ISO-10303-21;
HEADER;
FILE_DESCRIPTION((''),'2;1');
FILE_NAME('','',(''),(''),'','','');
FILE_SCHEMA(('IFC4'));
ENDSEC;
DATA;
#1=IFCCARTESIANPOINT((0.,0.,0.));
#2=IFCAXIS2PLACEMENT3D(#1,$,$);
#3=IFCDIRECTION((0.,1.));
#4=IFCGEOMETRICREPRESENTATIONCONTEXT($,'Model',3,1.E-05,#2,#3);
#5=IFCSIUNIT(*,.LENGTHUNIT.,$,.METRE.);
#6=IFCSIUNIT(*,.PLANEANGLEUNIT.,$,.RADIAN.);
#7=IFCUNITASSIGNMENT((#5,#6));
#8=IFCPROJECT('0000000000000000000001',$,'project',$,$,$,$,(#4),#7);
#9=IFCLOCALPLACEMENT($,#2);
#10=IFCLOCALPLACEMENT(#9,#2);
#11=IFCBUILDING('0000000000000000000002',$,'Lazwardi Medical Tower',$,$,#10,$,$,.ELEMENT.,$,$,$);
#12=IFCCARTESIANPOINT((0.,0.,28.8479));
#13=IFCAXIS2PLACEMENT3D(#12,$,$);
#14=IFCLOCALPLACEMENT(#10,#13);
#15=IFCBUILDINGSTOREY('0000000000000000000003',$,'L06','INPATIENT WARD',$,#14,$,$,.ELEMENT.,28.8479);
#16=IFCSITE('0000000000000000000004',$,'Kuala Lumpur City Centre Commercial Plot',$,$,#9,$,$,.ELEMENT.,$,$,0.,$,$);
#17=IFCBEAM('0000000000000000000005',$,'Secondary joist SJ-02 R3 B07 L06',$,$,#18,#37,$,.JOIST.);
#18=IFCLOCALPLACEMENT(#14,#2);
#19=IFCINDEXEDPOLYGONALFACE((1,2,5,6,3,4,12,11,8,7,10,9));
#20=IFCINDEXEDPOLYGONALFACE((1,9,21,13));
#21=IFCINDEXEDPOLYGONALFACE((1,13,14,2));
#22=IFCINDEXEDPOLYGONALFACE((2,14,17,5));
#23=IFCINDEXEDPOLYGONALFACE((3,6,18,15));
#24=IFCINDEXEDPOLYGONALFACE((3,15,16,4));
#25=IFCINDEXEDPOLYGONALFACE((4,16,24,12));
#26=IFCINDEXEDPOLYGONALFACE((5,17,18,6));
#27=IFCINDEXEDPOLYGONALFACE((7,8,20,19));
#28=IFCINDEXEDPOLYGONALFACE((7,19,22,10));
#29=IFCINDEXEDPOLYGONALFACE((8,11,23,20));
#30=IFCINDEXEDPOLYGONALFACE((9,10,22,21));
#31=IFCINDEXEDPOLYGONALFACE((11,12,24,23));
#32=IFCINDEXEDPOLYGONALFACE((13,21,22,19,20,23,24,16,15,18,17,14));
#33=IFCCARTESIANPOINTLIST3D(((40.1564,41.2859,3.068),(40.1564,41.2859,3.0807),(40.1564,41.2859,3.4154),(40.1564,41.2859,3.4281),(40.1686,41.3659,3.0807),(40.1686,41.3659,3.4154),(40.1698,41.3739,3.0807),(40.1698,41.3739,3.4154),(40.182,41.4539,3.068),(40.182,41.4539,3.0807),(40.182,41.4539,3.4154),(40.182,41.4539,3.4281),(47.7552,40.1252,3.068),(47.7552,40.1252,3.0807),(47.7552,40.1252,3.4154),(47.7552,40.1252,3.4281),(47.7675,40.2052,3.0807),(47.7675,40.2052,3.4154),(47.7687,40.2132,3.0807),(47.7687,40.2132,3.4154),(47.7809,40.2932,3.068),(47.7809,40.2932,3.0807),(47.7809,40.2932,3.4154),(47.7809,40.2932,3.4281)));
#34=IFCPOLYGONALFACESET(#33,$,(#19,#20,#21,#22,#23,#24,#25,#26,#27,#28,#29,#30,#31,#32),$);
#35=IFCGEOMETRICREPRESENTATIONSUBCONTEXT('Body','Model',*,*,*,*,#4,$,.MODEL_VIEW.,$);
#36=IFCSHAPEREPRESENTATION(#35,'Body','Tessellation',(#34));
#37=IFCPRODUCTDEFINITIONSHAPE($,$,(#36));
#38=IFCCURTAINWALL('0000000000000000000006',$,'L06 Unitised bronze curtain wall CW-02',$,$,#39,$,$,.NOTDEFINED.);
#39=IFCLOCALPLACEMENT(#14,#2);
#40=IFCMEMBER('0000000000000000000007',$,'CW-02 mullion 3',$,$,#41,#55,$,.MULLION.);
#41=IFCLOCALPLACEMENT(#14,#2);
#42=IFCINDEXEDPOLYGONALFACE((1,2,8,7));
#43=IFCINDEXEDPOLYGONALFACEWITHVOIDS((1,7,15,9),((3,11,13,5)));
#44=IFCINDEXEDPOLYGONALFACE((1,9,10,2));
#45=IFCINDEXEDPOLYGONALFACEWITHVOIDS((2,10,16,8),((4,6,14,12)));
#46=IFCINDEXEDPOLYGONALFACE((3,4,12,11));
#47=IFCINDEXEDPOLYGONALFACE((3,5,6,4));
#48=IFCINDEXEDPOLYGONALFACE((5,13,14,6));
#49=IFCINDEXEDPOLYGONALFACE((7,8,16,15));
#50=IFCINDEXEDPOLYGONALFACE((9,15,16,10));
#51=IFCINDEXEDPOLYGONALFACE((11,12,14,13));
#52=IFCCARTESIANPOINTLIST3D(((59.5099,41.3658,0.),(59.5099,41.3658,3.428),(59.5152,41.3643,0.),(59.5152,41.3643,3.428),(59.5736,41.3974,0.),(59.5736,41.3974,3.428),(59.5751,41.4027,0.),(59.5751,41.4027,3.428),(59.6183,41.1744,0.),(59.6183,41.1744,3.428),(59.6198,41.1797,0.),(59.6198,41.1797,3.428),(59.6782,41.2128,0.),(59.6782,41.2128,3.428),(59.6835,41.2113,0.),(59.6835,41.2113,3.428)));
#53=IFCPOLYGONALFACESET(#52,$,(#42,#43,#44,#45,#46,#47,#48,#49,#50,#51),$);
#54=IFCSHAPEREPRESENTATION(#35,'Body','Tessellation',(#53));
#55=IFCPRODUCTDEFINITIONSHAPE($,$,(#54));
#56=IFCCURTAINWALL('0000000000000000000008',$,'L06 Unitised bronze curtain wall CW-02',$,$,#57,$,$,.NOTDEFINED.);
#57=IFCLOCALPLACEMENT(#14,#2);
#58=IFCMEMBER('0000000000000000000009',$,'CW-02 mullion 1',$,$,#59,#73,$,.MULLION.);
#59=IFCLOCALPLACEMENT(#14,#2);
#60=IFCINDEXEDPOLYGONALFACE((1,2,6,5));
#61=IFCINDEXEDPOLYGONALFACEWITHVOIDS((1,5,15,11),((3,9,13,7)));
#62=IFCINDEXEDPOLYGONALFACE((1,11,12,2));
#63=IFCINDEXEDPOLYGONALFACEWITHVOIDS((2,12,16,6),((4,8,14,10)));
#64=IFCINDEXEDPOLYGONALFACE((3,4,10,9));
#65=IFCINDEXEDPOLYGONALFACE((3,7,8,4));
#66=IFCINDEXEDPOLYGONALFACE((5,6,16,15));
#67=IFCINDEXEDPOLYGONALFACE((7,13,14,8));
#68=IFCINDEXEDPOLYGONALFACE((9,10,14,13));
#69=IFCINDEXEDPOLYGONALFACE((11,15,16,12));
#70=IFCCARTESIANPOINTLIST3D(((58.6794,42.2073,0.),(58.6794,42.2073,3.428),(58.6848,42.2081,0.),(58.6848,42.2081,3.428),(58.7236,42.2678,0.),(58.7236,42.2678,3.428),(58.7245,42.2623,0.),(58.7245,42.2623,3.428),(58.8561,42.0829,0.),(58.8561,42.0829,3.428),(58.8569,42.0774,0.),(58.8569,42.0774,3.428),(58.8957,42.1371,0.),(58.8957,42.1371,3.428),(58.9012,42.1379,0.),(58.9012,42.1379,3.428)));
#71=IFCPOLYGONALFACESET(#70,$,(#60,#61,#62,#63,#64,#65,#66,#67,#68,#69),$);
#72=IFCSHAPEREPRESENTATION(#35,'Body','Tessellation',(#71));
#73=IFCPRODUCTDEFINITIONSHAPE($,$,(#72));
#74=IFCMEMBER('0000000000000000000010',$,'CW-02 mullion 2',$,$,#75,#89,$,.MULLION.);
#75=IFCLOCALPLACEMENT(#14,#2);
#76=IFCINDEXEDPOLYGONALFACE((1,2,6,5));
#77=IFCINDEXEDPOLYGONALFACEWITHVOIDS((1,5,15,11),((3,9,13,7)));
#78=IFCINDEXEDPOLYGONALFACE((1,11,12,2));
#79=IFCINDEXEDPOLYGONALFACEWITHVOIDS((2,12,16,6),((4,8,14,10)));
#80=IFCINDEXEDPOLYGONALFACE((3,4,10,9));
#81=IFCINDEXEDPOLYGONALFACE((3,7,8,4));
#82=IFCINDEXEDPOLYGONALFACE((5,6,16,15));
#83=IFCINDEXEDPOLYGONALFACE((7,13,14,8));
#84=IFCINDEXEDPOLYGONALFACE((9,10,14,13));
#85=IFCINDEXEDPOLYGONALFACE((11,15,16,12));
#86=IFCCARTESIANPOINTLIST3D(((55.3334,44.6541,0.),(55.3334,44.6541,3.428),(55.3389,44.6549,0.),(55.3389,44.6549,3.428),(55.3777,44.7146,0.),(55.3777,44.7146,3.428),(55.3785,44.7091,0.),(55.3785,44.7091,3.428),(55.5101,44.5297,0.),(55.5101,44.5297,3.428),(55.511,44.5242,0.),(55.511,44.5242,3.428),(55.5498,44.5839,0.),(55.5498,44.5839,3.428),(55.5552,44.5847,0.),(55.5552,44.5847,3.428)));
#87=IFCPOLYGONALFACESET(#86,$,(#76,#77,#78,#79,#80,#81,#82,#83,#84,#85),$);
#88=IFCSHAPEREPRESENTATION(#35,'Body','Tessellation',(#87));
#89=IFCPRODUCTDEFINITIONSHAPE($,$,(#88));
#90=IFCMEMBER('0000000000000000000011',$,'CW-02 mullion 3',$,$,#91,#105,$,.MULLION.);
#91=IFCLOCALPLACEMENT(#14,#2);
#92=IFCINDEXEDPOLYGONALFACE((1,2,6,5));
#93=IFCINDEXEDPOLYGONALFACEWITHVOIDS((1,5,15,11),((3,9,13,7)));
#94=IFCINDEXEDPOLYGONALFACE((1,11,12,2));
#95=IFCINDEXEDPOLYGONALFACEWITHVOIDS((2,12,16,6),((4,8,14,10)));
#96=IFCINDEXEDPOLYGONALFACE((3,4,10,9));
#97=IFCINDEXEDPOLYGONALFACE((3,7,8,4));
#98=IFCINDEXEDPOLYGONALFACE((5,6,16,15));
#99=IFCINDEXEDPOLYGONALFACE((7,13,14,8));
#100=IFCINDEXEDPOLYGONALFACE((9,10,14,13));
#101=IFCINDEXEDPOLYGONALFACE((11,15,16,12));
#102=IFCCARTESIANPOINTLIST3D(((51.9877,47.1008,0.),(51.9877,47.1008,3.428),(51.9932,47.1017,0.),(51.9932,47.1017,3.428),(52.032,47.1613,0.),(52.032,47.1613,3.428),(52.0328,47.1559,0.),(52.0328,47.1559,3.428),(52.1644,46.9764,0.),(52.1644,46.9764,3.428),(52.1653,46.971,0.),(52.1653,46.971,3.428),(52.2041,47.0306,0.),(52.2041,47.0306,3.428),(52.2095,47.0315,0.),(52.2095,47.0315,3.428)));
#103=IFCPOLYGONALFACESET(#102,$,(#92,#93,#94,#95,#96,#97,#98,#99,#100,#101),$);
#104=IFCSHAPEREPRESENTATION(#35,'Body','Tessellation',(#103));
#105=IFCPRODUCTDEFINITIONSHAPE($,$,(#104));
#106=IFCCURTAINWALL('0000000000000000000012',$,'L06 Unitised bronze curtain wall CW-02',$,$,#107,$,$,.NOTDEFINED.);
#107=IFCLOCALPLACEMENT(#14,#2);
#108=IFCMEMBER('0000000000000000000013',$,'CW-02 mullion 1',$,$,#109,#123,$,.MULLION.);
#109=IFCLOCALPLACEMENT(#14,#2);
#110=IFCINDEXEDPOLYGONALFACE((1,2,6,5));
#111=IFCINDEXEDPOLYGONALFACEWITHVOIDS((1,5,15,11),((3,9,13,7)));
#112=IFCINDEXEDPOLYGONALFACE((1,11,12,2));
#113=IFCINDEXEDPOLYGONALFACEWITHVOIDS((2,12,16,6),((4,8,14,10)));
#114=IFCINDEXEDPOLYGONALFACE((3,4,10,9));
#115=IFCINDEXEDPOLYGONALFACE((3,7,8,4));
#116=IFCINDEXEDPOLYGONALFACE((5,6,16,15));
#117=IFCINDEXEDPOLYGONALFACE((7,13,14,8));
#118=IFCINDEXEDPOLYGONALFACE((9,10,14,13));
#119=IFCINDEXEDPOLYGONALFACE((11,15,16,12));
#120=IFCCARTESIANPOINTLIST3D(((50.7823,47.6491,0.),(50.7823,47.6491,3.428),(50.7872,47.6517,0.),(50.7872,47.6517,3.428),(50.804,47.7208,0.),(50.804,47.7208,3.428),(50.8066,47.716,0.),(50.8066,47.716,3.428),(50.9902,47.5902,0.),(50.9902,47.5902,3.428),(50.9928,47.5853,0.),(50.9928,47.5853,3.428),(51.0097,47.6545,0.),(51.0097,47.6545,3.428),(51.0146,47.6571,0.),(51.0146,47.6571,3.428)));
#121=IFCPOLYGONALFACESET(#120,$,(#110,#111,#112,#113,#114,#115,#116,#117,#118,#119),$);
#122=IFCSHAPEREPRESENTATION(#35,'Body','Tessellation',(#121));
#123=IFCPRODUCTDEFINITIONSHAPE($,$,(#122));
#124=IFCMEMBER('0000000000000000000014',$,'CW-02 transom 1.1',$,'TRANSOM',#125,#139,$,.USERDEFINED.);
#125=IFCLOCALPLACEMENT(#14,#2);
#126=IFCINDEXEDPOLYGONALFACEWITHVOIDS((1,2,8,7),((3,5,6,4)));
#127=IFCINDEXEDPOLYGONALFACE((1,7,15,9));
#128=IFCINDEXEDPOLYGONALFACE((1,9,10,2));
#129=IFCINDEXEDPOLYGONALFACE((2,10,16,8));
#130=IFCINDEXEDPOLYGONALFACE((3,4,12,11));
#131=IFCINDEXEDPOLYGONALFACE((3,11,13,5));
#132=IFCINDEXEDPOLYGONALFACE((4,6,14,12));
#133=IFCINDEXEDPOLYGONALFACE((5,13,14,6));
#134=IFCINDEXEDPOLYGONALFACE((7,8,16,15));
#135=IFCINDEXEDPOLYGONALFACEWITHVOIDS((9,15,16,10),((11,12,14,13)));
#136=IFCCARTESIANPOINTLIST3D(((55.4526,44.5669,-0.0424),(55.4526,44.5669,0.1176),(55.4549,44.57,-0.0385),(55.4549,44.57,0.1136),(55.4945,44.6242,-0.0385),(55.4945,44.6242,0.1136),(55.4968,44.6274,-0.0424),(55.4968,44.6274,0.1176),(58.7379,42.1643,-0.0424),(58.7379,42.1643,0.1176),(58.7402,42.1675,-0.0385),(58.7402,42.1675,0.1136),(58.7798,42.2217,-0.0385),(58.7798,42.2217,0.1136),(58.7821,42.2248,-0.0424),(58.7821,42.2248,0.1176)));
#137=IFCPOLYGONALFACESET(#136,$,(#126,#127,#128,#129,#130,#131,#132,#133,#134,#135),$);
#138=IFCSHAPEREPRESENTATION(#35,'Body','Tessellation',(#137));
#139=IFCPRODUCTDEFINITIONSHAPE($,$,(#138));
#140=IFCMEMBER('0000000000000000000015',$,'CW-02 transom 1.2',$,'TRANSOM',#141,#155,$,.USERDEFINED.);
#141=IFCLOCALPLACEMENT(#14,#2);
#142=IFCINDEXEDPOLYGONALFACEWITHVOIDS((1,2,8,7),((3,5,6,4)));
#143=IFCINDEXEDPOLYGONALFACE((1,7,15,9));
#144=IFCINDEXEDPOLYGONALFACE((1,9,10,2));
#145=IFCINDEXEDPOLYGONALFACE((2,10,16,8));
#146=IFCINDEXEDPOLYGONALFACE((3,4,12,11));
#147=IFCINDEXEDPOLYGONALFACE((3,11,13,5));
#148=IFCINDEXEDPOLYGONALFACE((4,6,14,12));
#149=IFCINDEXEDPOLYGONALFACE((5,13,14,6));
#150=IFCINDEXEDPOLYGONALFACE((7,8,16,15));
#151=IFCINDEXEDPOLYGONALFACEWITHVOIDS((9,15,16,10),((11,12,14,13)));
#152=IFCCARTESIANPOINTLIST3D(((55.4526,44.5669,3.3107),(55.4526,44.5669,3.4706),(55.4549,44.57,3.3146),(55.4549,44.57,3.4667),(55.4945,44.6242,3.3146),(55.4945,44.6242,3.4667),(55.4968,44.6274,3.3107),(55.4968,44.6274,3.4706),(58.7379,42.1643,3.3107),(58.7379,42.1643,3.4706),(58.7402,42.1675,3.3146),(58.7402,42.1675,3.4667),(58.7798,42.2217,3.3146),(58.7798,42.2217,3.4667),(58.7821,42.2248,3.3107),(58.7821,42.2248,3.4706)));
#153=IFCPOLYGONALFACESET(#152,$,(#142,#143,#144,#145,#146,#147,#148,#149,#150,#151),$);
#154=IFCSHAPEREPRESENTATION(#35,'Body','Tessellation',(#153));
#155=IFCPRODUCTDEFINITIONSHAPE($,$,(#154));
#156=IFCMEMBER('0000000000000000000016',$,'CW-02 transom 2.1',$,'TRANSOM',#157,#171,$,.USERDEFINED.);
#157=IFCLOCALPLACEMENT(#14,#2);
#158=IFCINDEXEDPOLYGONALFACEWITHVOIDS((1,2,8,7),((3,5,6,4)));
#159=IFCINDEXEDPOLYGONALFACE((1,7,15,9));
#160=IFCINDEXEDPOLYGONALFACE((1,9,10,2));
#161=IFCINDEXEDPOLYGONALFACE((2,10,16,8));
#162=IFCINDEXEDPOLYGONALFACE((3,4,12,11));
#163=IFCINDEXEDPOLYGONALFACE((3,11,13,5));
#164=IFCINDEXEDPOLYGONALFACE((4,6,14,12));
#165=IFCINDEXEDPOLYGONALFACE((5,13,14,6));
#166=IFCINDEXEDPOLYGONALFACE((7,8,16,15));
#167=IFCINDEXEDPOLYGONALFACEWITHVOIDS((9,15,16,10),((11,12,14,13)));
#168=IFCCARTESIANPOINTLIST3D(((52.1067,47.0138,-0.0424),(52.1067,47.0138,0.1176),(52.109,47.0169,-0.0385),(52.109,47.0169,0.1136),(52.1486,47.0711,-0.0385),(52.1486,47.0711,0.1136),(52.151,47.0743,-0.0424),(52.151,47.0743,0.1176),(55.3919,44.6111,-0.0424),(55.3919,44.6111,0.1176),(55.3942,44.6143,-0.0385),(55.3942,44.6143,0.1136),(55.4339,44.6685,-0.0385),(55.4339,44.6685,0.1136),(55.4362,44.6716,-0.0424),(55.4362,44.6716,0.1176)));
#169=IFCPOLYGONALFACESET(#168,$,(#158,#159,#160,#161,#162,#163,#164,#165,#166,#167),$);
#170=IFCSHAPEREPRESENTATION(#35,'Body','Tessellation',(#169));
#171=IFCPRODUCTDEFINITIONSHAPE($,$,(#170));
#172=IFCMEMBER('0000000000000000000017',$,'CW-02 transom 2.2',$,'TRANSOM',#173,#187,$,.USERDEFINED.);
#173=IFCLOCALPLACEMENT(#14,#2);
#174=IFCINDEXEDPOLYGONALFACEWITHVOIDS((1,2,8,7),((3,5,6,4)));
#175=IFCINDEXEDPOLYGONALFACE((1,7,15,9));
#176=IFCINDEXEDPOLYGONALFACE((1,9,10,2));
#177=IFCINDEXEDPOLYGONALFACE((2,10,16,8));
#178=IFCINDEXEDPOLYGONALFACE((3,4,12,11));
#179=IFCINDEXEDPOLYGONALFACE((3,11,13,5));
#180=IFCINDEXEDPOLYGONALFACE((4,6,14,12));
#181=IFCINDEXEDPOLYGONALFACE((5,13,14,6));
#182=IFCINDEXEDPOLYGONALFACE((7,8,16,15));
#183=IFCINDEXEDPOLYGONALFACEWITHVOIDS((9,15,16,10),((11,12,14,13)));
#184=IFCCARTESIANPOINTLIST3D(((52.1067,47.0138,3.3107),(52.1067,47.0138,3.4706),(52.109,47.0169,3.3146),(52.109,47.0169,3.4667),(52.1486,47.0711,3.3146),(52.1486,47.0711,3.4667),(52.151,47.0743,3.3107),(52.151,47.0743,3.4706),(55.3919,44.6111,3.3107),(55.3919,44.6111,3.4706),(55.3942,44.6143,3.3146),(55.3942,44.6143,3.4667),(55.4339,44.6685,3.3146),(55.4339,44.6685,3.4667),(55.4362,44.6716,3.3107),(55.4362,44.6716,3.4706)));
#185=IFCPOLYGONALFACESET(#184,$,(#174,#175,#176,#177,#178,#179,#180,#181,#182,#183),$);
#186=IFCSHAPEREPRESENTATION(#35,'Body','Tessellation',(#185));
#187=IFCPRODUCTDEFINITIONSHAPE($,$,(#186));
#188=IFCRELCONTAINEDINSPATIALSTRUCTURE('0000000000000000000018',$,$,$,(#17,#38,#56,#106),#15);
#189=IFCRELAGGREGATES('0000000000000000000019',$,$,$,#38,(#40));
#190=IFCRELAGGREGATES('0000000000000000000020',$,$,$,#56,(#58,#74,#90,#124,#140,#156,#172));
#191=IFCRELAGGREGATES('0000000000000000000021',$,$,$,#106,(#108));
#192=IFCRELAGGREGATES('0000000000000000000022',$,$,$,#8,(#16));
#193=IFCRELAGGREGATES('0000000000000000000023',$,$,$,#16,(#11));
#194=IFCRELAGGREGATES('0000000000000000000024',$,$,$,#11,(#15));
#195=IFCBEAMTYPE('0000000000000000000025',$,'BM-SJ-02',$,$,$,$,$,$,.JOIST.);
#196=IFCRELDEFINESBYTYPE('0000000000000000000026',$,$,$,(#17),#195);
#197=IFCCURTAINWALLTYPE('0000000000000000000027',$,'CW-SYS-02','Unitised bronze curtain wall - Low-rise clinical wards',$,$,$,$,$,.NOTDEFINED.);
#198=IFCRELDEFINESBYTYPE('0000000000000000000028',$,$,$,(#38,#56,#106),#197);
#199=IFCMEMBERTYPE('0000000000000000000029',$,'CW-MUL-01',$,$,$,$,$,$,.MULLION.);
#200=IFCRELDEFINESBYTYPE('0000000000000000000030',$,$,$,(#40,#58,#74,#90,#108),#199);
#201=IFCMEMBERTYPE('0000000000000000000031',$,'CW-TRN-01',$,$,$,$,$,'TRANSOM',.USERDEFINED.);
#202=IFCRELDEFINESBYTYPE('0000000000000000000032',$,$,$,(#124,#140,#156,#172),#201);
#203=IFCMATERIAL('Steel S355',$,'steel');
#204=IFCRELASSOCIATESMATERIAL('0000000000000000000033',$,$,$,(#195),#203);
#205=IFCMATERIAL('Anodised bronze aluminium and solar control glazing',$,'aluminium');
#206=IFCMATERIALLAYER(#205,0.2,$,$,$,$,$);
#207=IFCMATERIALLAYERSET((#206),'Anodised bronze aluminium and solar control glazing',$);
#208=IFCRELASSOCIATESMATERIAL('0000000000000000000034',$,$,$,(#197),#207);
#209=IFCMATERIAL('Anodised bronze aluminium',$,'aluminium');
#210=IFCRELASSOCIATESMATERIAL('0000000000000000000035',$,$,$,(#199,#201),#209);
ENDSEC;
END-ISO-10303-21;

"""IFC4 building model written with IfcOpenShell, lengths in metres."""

from ifc_helpers import new_model, si_unit, direction, frame, origin, origin_2d, place, context, subcontext, project, spatial, hollow_rectangle, i_section, extrude, material, layer, layer_set, material_profile, profile_set, type_object, element, aggregate, save


model = new_model("IFC4")

# Units and contexts
model_context = context("Model", 3, precision=1e-05, world=origin(), true_north=direction((0.0, 1.0)))
body_context = subcontext(model_context, "Body", "Model", "MODEL_VIEW")
ifc_project = project(units=[si_unit("LENGTHUNIT", "METRE"), si_unit("PLANEANGLEUNIT", "RADIAN")], contexts=[model_context])

# Site, building, storey
site_placement = place(None, origin())
site = spatial("IfcSite", under=ifc_project, at=site_placement, Name="Kuala Lumpur City Centre Commercial Plot", CompositionType="ELEMENT", RefElevation=0.0)
building_placement = place(site_placement, origin())
building = spatial("IfcBuilding", under=site, at=building_placement, Name="Lazwardi Medical Tower", CompositionType="ELEMENT")
storey_placement = place(building_placement, frame((0.0, 0.0, 28.8479)))
storey = spatial("IfcBuildingStorey", under=building, at=storey_placement, Name="L06", Description="INPATIENT WARD", CompositionType="ELEMENT", Elevation=28.8479)

# Beam
ifc_material_1 = material(Name="Steel S355", Category="steel")
ifc_material_profile_1 = material_profile(ifc_material_1, i_section(OverallWidth=0.1699, OverallDepth=0.3601, WebThickness=0.0081, FlangeThickness=0.0127, at=origin_2d()), Name="IPE 360")
ifc_profile_set_1 = profile_set([ifc_material_profile_1], Name="Steel S355")
beam_type_1 = type_object("IfcBeamType", Name="BM-SJ-02", PredefinedType="JOIST", material=ifc_profile_set_1)
beam_1_placement = place(storey_placement, frame((47.7681, 40.2092, 3.248), z_axis=(-0.988536, 0.150988, 0.0), x_axis=(-0.150988, -0.988536, 0.0)))
element("IfcBeam", 1, at=beam_1_placement, inside=storey, type_object=beam_type_1, Name="Secondary joist SJ-02 R3 B07 L06", PredefinedType="JOIST", context=body_context, shape_type="SweptSolid", body=[
    extrude(i_section(OverallWidth=0.1699, OverallDepth=0.3601, WebThickness=0.0081, FlangeThickness=0.0127, at=origin_2d()), origin(), (0.0, 0.0, 1.0), 7.687),
])

# Curtain wall, member
ifc_material_2 = material(Name="Anodised bronze aluminium and solar control glazing", Category="aluminium")
ifc_layer_1 = layer(ifc_material_2, 0.2)
ifc_layer_set_1 = layer_set([ifc_layer_1], Name="Anodised bronze aluminium and solar control glazing")
curtain_wall_type = type_object("IfcCurtainWallType", Name="CW-SYS-02", Description="Unitised bronze curtain wall - Low-rise clinical wards", PredefinedType="NOTDEFINED", material=ifc_layer_set_1)
curtain_wall_1_placement = place(storey_placement, origin())
curtain_wall_1 = element("IfcCurtainWall", 2, at=curtain_wall_1_placement, inside=storey, type_object=curtain_wall_type, Name="L06 Unitised bronze curtain wall CW-02", PredefinedType="NOTDEFINED")
ifc_material_3 = material(Name="Anodised bronze aluminium", Category="aluminium")
ifc_material_profile_2 = material_profile(ifc_material_3, hollow_rectangle(XDim=0.075, YDim=0.22, WallThickness=0.0039, at=origin_2d()), Name="ALU-MULLION 220x75x4")
ifc_profile_set_2 = profile_set([ifc_material_profile_2], Name="Anodised bronze aluminium")
member_type_1 = type_object("IfcMemberType", Name="CW-MUL-01", PredefinedType="MULLION", material=ifc_profile_set_2)
member_1_placement = place(storey_placement, frame((59.5967, 41.2886, 0.0), z_axis=(0.0, 0.0, 1.0), x_axis=(-0.870112, -0.492854, 0.0)))
member_1 = element("IfcMember", 3, at=member_1_placement, type_object=member_type_1, Name="CW-02 mullion 3", PredefinedType="MULLION", context=body_context, shape_type="SweptSolid", body=[
    extrude(hollow_rectangle(XDim=0.075, YDim=0.22, WallThickness=0.0039, at=origin_2d()), origin(), (0.0, 0.0, 1.0), 3.428),
])
aggregate(curtain_wall_1, [member_1])

# Curtain wall, members
curtain_wall_2_placement = place(storey_placement, origin())
curtain_wall_2 = element("IfcCurtainWall", 4, at=curtain_wall_2_placement, inside=storey, type_object=curtain_wall_type, Name="L06 Unitised bronze curtain wall CW-02", PredefinedType="NOTDEFINED")
member_2_placement = place(storey_placement, frame((58.7903, 42.1726, 0.0), z_axis=(0.0, 0.0, 1.0), x_axis=(-0.590289, -0.807192, 0.0)))
member_2 = element("IfcMember", 5, at=member_2_placement, type_object=member_type_1, Name="CW-02 mullion 1", PredefinedType="MULLION", context=body_context, shape_type="SweptSolid", body=[
    extrude(hollow_rectangle(XDim=0.075, YDim=0.22, WallThickness=0.0039, at=origin_2d()), origin(), (0.0, 0.0, 1.0), 3.428),
])
member_3_placement = place(storey_placement, frame((55.4443, 44.6194, 0.0), z_axis=(0.0, 0.0, 1.0), x_axis=(-0.590289, -0.807192, 0.0)))
member_3 = element("IfcMember", 6, at=member_3_placement, type_object=member_type_1, Name="CW-02 mullion 2", PredefinedType="MULLION", context=body_context, shape_type="SweptSolid", body=[
    extrude(hollow_rectangle(XDim=0.075, YDim=0.22, WallThickness=0.0039, at=origin_2d()), origin(), (0.0, 0.0, 1.0), 3.428),
])
member_4_placement = place(storey_placement, frame((52.0986, 47.0662, 0.0), z_axis=(0.0, 0.0, 1.0), x_axis=(-0.590289, -0.807192, 0.0)))
member_4 = element("IfcMember", 7, at=member_4_placement, type_object=member_type_1, Name="CW-02 mullion 3", PredefinedType="MULLION", context=body_context, shape_type="SweptSolid", body=[
    extrude(hollow_rectangle(XDim=0.075, YDim=0.22, WallThickness=0.0039, at=origin_2d()), origin(), (0.0, 0.0, 1.0), 3.428),
])

# Curtain wall, member
curtain_wall_3_placement = place(storey_placement, origin())
curtain_wall_3 = element("IfcCurtainWall", 8, at=curtain_wall_3_placement, inside=storey, type_object=curtain_wall_type, Name="L06 Unitised bronze curtain wall CW-02", PredefinedType="NOTDEFINED")
member_5_placement = place(storey_placement, frame((50.8984, 47.6531, 0.0), z_axis=(0.0, 0.0, 1.0), x_axis=(-0.289896, -0.957058, 0.0)))
member_5 = element("IfcMember", 9, at=member_5_placement, type_object=member_type_1, Name="CW-02 mullion 1", PredefinedType="MULLION", context=body_context, shape_type="SweptSolid", body=[
    extrude(hollow_rectangle(XDim=0.075, YDim=0.22, WallThickness=0.0039, at=origin_2d()), origin(), (0.0, 0.0, 1.0), 3.428),
])

# Members
ifc_material_profile_3 = material_profile(ifc_material_3, hollow_rectangle(XDim=0.075, YDim=0.1599, WallThickness=0.0039, at=origin_2d()), Name="ALU-TRANSOM 160x75x4")
ifc_profile_set_3 = profile_set([ifc_material_profile_3], Name="Anodised bronze aluminium")
member_type_2 = type_object("IfcMemberType", Name="CW-TRN-01", ElementType="TRANSOM", PredefinedType="USERDEFINED", material=ifc_profile_set_3)
member_6_placement = place(storey_placement, frame((58.76, 42.1946, 0.0376), z_axis=(-0.80719, 0.590292, 0.0), x_axis=(-0.590292, -0.80719, 0.0)))
member_6 = element("IfcMember", 10, at=member_6_placement, type_object=member_type_2, Name="CW-02 transom 1.1", ObjectType="TRANSOM", PredefinedType="USERDEFINED", context=body_context, shape_type="SweptSolid", body=[
    extrude(hollow_rectangle(XDim=0.075, YDim=0.1599, WallThickness=0.0039, at=origin_2d()), origin(), (0.0, 0.0, 1.0), 4.0701),
])
member_7_placement = place(storey_placement, frame((58.76, 42.1946, 3.3906), z_axis=(-0.80719, 0.590292, 0.0), x_axis=(-0.590292, -0.80719, 0.0)))
member_7 = element("IfcMember", 11, at=member_7_placement, type_object=member_type_2, Name="CW-02 transom 1.2", ObjectType="TRANSOM", PredefinedType="USERDEFINED", context=body_context, shape_type="SweptSolid", body=[
    extrude(hollow_rectangle(XDim=0.075, YDim=0.1599, WallThickness=0.0039, at=origin_2d()), origin(), (0.0, 0.0, 1.0), 4.0701),
])
member_8_placement = place(storey_placement, frame((55.4141, 44.6414, 0.0376), z_axis=(-0.807169, 0.59032, 0.0), x_axis=(-0.59032, -0.807169, 0.0)))
member_8 = element("IfcMember", 12, at=member_8_placement, type_object=member_type_2, Name="CW-02 transom 2.1", ObjectType="TRANSOM", PredefinedType="USERDEFINED", context=body_context, shape_type="SweptSolid", body=[
    extrude(hollow_rectangle(XDim=0.075, YDim=0.1599, WallThickness=0.0039, at=origin_2d()), origin(), (0.0, 0.0, 1.0), 4.0701),
])
member_9_placement = place(storey_placement, frame((55.4141, 44.6414, 3.3906), z_axis=(-0.807169, 0.59032, 0.0), x_axis=(-0.59032, -0.807169, 0.0)))
member_9 = element("IfcMember", 13, at=member_9_placement, type_object=member_type_2, Name="CW-02 transom 2.2", ObjectType="TRANSOM", PredefinedType="USERDEFINED", context=body_context, shape_type="SweptSolid", body=[
    extrude(hollow_rectangle(XDim=0.075, YDim=0.1599, WallThickness=0.0039, at=origin_2d()), origin(), (0.0, 0.0, 1.0), 4.0701),
])

aggregate(curtain_wall_2, [member_2, member_3, member_4, member_6, member_7, member_8, member_9])
aggregate(curtain_wall_3, [member_5])

save(model, "model.ifc")
